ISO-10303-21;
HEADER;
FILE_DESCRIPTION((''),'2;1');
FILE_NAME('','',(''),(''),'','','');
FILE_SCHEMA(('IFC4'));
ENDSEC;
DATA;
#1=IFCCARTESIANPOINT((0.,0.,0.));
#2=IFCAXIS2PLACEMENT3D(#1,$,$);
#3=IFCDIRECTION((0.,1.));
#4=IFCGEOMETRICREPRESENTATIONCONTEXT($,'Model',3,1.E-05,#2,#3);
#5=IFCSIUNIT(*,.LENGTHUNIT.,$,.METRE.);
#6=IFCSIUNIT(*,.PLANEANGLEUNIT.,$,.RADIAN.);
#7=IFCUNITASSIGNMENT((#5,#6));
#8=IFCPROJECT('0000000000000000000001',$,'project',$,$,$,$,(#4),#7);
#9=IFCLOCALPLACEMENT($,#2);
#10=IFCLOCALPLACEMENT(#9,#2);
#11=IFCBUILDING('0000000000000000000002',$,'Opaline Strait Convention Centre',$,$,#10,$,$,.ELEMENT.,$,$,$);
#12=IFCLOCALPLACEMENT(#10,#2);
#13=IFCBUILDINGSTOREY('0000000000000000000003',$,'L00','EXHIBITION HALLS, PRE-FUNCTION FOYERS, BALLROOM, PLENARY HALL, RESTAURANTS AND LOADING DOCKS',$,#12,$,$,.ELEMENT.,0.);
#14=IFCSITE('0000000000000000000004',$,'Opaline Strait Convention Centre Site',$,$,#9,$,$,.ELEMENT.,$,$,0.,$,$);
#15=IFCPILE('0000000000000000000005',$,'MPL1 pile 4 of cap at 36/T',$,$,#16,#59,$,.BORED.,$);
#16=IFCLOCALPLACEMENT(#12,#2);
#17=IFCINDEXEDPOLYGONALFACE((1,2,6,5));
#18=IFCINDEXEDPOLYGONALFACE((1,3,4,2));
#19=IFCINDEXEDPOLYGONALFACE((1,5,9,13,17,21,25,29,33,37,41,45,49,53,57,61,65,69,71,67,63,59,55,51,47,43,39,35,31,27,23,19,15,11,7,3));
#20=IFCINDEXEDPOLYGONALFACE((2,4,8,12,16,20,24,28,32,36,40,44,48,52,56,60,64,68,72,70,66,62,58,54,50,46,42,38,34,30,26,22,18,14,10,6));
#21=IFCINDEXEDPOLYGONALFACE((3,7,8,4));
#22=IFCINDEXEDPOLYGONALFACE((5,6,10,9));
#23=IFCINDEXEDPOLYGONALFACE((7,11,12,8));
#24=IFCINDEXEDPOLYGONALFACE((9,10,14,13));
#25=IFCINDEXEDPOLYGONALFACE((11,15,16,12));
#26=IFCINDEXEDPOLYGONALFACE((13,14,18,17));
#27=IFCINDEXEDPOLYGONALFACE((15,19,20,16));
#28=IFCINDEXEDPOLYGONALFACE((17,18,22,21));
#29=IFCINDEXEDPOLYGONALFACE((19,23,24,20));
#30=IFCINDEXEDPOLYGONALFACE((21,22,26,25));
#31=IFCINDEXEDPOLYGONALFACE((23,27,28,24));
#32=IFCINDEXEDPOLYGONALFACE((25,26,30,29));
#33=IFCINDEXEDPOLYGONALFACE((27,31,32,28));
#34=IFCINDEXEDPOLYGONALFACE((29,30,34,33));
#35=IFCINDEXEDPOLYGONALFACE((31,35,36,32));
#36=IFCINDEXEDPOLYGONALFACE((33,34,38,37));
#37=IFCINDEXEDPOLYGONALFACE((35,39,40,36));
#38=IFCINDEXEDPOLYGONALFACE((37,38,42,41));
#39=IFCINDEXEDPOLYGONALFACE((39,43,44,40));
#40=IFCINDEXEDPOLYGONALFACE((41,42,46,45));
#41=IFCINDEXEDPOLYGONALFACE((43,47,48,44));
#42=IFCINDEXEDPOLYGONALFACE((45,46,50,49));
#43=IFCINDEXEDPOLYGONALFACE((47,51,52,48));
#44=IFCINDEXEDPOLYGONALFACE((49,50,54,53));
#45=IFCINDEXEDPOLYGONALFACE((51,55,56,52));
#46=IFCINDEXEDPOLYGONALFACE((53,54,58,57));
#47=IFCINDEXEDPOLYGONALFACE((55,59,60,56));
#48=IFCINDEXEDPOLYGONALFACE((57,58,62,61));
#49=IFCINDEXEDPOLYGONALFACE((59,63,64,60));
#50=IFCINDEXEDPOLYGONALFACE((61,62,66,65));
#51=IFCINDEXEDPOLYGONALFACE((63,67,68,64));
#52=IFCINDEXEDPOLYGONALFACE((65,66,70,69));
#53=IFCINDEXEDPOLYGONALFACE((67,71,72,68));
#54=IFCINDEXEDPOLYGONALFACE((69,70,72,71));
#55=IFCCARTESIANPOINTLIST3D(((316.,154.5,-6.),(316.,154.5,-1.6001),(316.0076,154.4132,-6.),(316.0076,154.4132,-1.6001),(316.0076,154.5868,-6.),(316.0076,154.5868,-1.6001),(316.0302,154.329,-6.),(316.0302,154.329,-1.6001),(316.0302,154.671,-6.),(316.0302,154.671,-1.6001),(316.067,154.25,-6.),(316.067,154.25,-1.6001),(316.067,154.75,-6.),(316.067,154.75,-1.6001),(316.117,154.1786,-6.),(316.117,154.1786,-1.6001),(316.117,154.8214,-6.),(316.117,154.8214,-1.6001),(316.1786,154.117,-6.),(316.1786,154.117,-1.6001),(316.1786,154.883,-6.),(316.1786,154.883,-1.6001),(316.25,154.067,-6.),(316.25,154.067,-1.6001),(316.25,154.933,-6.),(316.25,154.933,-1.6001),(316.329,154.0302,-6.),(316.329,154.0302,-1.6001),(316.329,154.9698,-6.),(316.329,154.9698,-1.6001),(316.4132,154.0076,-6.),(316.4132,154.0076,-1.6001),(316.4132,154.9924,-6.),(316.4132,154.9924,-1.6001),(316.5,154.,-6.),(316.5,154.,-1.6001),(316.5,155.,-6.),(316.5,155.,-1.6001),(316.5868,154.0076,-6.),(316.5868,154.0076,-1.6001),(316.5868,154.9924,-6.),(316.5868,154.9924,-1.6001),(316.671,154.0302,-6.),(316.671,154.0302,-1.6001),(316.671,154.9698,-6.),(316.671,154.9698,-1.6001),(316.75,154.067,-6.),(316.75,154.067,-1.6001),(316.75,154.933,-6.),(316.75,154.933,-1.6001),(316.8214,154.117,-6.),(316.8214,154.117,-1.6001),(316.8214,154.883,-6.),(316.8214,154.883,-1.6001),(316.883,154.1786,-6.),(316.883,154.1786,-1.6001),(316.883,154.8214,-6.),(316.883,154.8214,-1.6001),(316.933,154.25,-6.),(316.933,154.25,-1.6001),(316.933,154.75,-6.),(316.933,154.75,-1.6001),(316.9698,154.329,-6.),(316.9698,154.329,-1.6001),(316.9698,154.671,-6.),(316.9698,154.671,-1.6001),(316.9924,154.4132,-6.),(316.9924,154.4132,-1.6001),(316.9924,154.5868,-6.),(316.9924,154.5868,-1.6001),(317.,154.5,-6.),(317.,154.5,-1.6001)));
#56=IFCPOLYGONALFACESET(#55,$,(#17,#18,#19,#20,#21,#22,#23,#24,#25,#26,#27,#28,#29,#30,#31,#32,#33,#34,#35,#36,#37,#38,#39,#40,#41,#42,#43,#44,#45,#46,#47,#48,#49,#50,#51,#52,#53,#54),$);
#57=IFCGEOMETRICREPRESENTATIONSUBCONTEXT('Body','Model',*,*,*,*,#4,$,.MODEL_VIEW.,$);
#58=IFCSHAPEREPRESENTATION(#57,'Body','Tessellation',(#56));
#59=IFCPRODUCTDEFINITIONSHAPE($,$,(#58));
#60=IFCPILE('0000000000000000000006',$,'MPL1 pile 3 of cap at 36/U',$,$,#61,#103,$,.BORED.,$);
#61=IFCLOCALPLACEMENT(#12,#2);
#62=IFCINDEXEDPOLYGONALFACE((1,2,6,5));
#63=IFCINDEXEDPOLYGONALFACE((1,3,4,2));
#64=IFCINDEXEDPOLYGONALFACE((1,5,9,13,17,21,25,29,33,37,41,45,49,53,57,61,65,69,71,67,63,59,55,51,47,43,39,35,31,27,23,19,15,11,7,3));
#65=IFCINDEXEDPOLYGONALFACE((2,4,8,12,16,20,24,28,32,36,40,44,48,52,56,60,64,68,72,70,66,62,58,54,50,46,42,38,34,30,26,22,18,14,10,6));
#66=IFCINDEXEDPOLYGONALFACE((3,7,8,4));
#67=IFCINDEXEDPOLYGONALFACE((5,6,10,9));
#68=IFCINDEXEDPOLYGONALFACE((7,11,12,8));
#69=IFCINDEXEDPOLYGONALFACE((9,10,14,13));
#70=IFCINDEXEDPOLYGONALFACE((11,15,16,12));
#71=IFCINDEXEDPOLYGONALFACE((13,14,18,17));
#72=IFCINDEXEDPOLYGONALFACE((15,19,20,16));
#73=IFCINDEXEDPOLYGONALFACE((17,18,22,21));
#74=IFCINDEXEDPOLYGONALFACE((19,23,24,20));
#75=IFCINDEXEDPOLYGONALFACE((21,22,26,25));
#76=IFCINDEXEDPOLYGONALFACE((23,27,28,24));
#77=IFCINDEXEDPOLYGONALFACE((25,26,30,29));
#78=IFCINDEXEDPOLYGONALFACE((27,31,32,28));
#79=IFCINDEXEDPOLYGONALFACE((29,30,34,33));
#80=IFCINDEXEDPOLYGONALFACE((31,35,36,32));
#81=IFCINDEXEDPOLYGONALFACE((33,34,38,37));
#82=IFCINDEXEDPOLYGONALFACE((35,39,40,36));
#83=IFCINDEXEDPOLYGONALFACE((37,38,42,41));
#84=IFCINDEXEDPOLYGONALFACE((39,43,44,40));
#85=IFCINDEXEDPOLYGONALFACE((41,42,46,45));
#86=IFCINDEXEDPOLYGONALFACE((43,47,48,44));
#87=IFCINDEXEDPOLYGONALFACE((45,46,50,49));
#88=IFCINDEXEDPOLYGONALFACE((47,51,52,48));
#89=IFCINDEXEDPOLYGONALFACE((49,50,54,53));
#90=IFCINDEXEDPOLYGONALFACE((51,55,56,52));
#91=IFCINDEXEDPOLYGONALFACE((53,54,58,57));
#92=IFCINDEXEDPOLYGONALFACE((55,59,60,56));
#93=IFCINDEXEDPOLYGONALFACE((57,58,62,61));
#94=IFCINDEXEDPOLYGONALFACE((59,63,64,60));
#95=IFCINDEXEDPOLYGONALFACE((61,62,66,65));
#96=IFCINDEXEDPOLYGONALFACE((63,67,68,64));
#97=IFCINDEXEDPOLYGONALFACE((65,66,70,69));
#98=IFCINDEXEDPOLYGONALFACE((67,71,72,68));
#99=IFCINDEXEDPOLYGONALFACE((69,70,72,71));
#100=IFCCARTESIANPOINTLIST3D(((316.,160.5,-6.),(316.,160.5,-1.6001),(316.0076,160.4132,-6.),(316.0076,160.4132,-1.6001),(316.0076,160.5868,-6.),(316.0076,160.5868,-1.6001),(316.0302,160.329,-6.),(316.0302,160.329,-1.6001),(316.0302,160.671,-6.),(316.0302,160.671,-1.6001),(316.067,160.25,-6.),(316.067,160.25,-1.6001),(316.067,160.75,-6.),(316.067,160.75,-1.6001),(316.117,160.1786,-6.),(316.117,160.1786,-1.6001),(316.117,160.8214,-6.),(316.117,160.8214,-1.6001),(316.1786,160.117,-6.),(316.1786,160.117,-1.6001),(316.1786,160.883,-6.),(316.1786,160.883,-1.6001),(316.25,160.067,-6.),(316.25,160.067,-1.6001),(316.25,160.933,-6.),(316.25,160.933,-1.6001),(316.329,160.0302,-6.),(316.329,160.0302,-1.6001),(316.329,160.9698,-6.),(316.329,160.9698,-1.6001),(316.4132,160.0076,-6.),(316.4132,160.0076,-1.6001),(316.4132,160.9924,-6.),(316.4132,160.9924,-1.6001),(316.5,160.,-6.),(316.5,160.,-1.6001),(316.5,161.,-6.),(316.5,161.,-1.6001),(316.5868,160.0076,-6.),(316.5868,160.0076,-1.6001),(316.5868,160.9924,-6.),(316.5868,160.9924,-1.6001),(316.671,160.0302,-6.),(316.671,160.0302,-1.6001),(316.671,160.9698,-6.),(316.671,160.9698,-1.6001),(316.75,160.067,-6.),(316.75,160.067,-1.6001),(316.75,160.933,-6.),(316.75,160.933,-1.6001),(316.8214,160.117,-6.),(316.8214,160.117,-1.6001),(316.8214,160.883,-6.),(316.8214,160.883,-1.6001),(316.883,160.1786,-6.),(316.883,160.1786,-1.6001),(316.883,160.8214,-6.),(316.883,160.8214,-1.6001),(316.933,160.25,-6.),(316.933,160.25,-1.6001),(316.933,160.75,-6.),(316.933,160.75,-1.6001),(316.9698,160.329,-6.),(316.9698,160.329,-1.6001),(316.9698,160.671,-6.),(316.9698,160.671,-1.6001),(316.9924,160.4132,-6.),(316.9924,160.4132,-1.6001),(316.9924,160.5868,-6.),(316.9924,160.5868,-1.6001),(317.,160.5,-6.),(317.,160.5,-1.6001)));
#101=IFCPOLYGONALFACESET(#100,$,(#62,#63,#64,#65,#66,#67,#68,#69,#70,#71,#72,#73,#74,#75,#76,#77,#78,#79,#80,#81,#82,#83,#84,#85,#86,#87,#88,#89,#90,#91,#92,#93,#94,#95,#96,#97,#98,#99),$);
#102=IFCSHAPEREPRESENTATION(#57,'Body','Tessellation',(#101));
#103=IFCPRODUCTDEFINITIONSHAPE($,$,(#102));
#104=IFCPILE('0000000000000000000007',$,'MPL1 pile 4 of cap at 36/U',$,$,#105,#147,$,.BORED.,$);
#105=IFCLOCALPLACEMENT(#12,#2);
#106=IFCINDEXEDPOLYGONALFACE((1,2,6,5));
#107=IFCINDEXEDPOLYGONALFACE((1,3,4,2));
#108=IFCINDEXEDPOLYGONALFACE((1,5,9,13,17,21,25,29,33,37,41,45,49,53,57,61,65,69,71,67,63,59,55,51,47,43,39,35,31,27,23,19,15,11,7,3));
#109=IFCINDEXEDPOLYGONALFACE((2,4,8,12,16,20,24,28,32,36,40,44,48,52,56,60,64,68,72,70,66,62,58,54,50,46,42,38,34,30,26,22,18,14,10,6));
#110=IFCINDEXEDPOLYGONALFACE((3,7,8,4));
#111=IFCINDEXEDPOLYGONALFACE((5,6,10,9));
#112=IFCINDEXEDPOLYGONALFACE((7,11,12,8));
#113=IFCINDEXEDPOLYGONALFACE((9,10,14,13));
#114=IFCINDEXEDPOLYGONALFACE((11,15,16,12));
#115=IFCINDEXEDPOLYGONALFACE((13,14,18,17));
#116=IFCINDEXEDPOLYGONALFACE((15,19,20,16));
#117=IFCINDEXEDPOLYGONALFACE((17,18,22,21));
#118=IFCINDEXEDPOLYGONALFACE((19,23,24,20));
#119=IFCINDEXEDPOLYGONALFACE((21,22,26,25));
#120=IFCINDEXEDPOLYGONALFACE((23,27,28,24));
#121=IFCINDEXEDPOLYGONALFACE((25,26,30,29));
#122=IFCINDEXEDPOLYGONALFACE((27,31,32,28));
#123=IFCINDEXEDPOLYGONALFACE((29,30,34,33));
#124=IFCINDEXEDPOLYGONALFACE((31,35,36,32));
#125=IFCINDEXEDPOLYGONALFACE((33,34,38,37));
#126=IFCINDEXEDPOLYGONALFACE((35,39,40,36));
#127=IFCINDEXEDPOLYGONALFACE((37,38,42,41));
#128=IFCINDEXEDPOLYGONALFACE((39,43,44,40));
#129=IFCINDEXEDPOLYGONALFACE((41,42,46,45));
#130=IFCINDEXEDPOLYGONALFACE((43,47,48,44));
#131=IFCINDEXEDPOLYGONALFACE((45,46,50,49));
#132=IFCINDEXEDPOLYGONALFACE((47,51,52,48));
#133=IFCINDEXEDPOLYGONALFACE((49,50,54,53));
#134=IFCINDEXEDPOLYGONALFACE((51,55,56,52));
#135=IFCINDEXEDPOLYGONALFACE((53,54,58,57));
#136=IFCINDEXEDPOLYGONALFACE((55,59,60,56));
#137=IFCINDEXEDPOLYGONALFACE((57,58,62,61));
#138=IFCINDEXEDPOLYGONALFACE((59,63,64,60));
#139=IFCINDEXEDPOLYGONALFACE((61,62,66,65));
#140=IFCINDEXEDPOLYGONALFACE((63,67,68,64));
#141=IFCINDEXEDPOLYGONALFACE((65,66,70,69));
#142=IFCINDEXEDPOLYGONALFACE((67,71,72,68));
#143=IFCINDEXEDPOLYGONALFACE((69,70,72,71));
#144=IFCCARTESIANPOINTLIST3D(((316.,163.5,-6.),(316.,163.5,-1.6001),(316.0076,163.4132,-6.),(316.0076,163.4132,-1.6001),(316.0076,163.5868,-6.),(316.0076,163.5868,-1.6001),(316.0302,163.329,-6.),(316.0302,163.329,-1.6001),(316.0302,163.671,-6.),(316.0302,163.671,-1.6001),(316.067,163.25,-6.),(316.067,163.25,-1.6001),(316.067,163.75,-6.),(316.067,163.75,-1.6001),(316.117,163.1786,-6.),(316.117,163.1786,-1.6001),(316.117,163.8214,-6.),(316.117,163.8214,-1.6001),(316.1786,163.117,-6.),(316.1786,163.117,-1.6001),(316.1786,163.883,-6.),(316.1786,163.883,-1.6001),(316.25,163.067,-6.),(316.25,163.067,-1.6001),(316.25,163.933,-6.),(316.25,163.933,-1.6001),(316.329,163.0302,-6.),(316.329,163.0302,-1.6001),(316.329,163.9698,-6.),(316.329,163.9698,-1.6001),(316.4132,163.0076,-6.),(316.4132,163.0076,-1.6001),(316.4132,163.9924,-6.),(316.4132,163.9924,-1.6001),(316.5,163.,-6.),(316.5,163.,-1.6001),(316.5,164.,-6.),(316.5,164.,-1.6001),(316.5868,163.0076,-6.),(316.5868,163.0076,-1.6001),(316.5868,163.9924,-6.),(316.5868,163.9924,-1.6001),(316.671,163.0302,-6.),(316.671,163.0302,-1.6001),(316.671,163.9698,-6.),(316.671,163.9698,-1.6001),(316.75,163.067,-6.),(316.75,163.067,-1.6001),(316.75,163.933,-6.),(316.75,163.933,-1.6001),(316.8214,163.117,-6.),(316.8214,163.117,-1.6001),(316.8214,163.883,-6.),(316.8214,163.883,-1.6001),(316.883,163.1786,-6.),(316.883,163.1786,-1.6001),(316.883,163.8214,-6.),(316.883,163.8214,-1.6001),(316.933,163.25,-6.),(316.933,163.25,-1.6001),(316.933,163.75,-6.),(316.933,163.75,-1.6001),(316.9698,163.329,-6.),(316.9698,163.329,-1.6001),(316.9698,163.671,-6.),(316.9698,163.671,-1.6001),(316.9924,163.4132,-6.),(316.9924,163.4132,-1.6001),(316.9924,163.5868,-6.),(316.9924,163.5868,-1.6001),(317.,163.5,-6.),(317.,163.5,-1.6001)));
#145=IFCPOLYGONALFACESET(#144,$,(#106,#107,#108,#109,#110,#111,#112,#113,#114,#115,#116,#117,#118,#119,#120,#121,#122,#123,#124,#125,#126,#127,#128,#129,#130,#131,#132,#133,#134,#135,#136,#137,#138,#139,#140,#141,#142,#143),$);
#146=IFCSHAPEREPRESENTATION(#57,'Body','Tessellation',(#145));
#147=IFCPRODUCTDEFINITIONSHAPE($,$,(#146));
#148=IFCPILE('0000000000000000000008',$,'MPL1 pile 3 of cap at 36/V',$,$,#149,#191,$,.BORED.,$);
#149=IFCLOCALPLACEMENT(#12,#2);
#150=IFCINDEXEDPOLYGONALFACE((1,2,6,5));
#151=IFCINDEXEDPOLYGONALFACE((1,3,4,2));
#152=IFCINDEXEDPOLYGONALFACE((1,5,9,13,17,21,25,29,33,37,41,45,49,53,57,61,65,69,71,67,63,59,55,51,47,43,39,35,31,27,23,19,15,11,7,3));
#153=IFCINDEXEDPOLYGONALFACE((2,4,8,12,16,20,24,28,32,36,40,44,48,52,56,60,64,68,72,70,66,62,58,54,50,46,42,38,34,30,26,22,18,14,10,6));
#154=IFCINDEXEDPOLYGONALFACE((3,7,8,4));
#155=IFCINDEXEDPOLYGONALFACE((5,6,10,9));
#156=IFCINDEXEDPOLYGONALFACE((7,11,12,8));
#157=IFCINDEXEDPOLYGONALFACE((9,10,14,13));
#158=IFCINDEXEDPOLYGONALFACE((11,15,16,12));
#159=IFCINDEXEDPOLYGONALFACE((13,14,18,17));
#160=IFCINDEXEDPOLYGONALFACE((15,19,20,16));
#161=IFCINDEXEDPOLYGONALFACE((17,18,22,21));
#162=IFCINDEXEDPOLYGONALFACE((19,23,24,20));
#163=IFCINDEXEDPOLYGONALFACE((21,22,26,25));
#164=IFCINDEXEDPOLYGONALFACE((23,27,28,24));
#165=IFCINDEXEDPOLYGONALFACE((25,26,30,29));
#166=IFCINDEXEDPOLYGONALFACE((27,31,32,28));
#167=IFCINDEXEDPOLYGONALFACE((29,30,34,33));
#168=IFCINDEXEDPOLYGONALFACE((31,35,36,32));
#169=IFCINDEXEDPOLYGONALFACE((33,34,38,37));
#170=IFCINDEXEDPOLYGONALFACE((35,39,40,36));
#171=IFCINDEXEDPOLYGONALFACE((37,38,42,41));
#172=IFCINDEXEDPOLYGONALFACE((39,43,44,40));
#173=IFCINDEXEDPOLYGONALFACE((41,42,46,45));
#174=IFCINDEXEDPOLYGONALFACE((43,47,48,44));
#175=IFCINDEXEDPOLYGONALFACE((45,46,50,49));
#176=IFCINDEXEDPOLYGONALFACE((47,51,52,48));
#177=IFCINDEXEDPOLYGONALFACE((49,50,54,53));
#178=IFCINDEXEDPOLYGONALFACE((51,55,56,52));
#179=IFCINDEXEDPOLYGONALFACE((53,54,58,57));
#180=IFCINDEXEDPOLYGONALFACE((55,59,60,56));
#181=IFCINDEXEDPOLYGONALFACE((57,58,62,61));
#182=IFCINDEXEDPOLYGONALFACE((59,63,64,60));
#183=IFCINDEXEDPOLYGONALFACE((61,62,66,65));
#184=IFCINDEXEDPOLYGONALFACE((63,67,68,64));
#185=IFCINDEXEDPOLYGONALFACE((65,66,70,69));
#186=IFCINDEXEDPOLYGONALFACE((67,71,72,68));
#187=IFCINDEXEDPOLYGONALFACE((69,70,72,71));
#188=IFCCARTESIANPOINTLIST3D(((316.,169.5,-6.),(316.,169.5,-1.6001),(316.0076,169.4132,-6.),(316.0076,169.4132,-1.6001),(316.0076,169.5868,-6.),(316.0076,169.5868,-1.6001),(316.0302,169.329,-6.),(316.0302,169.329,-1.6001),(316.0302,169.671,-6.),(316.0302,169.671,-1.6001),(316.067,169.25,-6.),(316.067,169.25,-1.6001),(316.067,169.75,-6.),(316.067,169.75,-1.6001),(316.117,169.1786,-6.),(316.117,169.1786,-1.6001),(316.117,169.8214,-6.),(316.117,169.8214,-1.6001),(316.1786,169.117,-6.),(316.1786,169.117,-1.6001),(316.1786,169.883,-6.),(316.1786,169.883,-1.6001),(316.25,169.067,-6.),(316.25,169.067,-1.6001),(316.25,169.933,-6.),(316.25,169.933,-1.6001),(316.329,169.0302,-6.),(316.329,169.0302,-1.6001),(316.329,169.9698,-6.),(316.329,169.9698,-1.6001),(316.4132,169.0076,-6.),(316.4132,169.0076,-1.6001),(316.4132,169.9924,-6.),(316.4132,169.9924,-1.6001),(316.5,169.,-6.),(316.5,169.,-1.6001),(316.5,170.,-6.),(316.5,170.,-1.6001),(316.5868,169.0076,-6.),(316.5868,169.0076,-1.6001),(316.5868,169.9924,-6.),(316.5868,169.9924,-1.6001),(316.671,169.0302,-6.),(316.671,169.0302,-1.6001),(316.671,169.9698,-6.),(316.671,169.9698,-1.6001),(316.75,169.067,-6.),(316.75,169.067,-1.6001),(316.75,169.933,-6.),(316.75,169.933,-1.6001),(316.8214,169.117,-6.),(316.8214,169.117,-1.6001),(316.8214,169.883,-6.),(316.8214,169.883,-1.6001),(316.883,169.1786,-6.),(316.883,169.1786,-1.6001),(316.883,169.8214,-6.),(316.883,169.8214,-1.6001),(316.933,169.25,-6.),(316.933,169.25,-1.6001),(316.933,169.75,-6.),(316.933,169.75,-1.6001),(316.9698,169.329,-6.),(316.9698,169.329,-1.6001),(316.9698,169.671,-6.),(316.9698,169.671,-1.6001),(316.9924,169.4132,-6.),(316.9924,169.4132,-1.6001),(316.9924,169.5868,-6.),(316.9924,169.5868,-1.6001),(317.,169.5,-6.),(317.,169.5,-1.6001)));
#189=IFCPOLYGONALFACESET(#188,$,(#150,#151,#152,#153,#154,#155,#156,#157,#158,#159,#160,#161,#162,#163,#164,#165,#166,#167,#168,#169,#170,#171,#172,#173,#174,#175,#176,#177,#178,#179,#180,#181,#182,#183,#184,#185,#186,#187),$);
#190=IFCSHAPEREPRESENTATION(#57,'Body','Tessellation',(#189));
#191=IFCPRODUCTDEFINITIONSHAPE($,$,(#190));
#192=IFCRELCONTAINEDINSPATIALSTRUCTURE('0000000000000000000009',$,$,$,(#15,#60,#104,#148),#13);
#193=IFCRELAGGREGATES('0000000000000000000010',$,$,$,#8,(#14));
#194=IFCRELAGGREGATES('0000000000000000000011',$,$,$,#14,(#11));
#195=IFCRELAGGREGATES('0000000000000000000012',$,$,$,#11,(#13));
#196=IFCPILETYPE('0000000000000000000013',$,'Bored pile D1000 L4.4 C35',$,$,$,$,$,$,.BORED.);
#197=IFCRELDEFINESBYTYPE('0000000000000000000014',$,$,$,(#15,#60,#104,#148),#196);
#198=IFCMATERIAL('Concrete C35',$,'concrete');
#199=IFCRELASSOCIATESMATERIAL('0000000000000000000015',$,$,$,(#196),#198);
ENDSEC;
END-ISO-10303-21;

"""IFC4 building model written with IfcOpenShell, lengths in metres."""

from ifc_helpers import new_model, si_unit, direction, frame, origin, origin_2d, place, context, subcontext, project, spatial, circle, extrude, material, material_profile, profile_set, type_object, element, save


model = new_model("IFC4")

# Units and contexts
model_context = context("Model", 3, precision=1e-05, world=origin(), true_north=direction((0.0, 1.0)))
body_context = subcontext(model_context, "Body", "Model", "MODEL_VIEW")
ifc_project = project(units=[si_unit("LENGTHUNIT", "METRE"), si_unit("PLANEANGLEUNIT", "RADIAN")], contexts=[model_context])

# Site, building, storey
site_placement = place(None, origin())
site = spatial("IfcSite", under=ifc_project, at=site_placement, Name="Opaline Strait Convention Centre Site", CompositionType="ELEMENT", RefElevation=0.0)
building_placement = place(site_placement, origin())
building = spatial("IfcBuilding", under=site, at=building_placement, Name="Opaline Strait Convention Centre", CompositionType="ELEMENT")
storey_placement = place(building_placement, origin())
storey = spatial("IfcBuildingStorey", under=building, at=storey_placement, Name="L00", Description="EXHIBITION HALLS, PRE-FUNCTION FOYERS, BALLROOM, PLENARY HALL, RESTAURANTS AND LOADING DOCKS", CompositionType="ELEMENT", Elevation=0.0)

# Piles
ifc_material_1 = material(Name="Concrete C35", Category="concrete")
ifc_material_profile_1 = material_profile(ifc_material_1, circle(Radius=0.5, at=origin_2d()), Name="D1000")
ifc_profile_set_1 = profile_set([ifc_material_profile_1], Name="Concrete C35")
pile_type = type_object("IfcPileType", Name="Bored pile D1000 L4.4 C35", PredefinedType="BORED", material=ifc_profile_set_1)
for number, where, z_axis, x_axis, name in (
    (1, (316.5, 154.5, -1.6001), (0.0, 0.0, -1.0), (1.0, 0.0, 0.0), "MPL1 pile 4 of cap at 36/T"),
    (2, (316.5, 160.5, -1.6001), (0.0, 0.0, -1.0), (1.0, 0.0, 0.0), "MPL1 pile 3 of cap at 36/U"),
    (3, (316.5, 163.5, -1.6001), (0.0, 0.0, -1.0), (1.0, 0.0, 0.0), "MPL1 pile 4 of cap at 36/U"),
    (4, (316.5, 169.5, -1.6001), (0.0, 0.0, -1.0), (1.0, 0.0, 0.0), "MPL1 pile 3 of cap at 36/V"),
):
    element("IfcPile", number, at=place(storey_placement, frame(where, z_axis=z_axis, x_axis=x_axis)), inside=storey, type_object=pile_type, Name=name, PredefinedType="BORED", context=body_context, shape_type="SweptSolid", body=[
        extrude(circle(Radius=0.5, at=origin_2d()), origin(), (0.0, 0.0, 1.0), 4.3999),
    ])

save(model, "model.ifc")
